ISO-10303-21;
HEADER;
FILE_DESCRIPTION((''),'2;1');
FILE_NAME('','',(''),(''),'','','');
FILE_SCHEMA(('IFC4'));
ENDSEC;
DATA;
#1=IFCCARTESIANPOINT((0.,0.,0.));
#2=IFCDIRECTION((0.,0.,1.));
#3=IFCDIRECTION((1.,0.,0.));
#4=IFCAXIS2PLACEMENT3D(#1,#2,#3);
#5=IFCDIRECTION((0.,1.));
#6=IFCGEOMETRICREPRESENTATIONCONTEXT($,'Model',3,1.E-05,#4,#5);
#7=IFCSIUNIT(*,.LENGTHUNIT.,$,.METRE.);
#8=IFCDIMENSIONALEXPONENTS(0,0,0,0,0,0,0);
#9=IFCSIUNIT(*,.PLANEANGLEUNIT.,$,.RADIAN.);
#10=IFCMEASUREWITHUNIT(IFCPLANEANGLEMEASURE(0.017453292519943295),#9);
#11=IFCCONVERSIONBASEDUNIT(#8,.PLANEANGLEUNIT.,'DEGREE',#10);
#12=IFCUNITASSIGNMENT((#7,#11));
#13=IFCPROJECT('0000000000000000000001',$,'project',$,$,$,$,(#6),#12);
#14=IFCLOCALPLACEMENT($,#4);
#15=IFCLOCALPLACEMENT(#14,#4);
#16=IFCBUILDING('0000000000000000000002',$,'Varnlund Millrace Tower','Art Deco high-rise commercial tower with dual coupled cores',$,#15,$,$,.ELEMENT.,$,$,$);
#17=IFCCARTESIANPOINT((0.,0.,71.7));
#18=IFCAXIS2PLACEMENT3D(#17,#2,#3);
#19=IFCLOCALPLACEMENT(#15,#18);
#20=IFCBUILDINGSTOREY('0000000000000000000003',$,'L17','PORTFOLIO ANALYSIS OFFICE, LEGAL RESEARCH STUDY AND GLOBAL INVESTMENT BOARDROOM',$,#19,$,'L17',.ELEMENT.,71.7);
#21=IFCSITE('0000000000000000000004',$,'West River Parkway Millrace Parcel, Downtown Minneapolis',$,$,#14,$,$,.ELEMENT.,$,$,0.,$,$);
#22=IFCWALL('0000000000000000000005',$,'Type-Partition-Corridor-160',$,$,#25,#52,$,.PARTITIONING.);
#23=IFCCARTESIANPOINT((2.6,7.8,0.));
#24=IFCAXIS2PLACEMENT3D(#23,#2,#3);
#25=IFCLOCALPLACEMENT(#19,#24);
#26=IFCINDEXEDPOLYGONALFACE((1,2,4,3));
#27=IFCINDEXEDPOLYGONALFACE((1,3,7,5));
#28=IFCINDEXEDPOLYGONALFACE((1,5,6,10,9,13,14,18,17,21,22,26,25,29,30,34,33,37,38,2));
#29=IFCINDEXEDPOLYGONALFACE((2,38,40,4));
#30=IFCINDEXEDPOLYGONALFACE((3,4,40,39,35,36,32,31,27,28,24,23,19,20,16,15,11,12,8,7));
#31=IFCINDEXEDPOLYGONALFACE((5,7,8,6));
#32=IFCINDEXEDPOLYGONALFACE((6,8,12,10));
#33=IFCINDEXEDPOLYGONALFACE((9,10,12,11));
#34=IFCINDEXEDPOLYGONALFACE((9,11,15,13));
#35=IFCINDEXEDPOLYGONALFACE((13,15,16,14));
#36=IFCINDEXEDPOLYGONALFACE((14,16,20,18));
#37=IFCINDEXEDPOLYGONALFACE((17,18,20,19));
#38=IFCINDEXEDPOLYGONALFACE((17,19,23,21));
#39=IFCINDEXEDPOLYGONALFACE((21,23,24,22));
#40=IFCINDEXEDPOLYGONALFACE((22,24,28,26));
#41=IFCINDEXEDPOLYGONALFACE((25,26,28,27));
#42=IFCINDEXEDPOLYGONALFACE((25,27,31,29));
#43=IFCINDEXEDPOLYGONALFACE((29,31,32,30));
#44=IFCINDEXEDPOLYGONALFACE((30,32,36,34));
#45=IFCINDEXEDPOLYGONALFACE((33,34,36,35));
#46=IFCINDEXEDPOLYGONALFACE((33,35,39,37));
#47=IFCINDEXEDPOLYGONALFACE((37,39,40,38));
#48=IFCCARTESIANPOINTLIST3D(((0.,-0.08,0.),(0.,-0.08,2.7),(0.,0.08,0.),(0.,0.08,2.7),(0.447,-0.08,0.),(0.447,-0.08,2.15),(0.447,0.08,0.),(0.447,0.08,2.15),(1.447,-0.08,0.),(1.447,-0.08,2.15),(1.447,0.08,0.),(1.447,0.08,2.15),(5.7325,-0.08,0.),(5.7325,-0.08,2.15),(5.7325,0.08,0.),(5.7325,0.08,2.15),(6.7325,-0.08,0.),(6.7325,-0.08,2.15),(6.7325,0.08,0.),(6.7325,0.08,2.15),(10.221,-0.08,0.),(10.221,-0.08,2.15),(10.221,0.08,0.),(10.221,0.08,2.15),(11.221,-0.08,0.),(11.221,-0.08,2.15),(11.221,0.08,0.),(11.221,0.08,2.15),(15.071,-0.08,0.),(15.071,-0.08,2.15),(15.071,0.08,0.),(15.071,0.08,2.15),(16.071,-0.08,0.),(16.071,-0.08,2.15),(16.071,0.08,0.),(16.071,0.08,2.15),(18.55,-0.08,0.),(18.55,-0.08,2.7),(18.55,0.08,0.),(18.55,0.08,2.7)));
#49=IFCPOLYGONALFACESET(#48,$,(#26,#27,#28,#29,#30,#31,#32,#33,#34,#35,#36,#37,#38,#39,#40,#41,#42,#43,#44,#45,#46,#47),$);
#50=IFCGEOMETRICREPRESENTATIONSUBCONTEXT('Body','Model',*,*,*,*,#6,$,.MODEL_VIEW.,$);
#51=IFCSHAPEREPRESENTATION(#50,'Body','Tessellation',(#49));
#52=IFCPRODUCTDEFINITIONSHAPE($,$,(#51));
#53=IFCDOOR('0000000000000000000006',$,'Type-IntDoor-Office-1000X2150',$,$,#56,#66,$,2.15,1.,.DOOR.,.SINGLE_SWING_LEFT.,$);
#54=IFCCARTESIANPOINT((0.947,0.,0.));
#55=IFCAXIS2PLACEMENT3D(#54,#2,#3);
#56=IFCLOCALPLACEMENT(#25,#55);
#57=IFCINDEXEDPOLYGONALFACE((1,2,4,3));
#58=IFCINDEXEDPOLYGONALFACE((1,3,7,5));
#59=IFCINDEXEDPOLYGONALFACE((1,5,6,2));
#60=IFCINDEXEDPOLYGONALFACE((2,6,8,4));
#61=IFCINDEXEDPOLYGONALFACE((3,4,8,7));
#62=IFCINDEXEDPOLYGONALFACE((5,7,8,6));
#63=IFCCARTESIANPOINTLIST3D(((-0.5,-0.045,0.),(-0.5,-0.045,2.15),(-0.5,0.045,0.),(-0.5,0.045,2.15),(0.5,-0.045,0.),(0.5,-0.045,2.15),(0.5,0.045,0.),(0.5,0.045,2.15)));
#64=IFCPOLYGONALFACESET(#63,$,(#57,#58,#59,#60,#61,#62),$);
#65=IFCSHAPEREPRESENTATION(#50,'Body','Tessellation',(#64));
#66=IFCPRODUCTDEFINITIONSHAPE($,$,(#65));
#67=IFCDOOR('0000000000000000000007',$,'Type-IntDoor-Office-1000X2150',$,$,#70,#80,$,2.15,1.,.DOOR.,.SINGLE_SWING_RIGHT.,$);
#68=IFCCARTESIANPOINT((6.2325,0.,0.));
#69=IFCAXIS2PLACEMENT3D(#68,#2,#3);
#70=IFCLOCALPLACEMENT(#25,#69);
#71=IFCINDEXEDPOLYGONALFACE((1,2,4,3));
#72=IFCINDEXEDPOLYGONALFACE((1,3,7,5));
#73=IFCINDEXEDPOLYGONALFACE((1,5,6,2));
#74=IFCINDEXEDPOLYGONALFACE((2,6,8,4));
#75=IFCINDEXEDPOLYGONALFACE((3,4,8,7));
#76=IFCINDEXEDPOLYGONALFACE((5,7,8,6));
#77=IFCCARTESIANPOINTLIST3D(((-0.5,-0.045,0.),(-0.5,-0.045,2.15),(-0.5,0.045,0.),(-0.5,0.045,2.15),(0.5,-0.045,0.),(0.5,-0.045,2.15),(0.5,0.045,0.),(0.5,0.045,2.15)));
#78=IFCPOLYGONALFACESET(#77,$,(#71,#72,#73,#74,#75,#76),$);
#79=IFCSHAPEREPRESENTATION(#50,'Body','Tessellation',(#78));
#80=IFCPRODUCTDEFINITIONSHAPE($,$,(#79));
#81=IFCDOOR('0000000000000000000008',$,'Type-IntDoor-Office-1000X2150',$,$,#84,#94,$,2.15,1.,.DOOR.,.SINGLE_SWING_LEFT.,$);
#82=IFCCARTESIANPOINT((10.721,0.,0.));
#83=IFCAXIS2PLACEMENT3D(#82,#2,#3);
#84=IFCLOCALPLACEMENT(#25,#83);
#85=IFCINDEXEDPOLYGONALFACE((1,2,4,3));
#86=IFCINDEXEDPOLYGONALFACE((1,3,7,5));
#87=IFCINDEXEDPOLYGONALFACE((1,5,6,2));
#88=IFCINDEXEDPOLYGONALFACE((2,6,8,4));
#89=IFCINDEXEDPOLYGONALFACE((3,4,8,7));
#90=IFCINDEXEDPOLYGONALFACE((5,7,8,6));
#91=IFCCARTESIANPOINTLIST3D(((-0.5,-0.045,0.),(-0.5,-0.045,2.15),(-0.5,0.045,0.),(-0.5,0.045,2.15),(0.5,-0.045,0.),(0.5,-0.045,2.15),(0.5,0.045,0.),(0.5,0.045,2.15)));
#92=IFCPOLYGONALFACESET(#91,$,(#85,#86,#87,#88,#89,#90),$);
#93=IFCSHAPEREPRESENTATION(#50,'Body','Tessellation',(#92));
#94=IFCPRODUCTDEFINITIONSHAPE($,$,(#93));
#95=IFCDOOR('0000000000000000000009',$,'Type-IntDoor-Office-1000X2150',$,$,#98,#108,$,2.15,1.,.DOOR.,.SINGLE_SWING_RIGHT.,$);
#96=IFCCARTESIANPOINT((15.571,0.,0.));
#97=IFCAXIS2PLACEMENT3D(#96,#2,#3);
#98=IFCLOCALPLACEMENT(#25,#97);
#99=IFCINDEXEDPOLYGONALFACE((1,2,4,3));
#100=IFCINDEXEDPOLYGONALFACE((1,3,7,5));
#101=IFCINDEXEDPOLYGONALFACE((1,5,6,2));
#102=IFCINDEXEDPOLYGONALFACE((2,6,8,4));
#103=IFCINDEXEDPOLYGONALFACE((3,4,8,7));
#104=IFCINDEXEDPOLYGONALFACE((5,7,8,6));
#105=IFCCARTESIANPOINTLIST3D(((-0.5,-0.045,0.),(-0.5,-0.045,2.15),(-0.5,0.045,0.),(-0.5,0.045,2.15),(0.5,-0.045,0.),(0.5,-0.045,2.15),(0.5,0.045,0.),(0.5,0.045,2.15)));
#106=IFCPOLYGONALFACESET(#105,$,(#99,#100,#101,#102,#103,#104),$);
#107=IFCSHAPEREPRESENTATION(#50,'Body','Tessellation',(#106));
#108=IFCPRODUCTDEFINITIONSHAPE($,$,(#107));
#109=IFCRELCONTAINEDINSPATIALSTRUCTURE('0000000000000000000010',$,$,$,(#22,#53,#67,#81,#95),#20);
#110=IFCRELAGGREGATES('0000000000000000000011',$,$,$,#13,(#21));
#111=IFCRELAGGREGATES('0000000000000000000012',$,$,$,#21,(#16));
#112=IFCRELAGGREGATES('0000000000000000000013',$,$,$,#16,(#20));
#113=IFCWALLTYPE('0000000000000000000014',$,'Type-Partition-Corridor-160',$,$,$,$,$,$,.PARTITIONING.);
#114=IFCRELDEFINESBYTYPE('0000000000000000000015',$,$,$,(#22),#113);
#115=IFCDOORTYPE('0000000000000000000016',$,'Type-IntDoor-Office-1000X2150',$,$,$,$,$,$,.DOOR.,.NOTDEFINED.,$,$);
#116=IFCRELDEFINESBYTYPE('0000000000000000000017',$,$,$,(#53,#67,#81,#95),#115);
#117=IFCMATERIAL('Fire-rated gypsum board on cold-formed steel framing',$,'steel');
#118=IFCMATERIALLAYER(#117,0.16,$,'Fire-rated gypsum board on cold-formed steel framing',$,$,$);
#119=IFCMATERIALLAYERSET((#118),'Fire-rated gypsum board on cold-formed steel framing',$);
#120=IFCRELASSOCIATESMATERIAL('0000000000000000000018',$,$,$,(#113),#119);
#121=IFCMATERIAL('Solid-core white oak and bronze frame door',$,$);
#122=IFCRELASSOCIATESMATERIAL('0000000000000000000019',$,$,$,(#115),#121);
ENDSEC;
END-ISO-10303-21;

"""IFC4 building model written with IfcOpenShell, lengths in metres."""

from ifc_helpers import new_model, entity, si_unit, converted_unit, direction, frame, origin_with_axes, origin_2d_with_axis, place, context, subcontext, project, spatial, polyline, rectangle, outline, extrude, material, layer, layer_set, type_object, element, fill, save


model = new_model("IFC4")

# Units and contexts
model_context = context("Model", 3, precision=1e-05, world=origin_with_axes(), true_north=direction((0.0, 1.0)))
body_context = subcontext(model_context, "Body", "Model", "MODEL_VIEW")
ifc_project = project(units=[si_unit("LENGTHUNIT", "METRE"), converted_unit("PLANEANGLEUNIT", "DEGREE", entity("IfcPlaneAngleMeasure", 0.017453292519943295), si_unit("PLANEANGLEUNIT", "RADIAN"), dimensions=[0, 0, 0, 0, 0, 0, 0])], contexts=[model_context])

# Site, building, storey
site_placement = place(None, origin_with_axes())
site = spatial("IfcSite", under=ifc_project, at=site_placement, Name="West River Parkway Millrace Parcel, Downtown Minneapolis", CompositionType="ELEMENT", RefElevation=0.0)
building_placement = place(site_placement, origin_with_axes())
building = spatial("IfcBuilding", under=site, at=building_placement, Name="Varnlund Millrace Tower", Description="Art Deco high-rise commercial tower with dual coupled cores", CompositionType="ELEMENT")
storey_placement = place(building_placement, frame((0.0, 0.0, 71.7), z_axis=(0.0, 0.0, 1.0), x_axis=(1.0, 0.0, 0.0)))
storey = spatial("IfcBuildingStorey", under=building, at=storey_placement, Name="L17", Description="PORTFOLIO ANALYSIS OFFICE, LEGAL RESEARCH STUDY AND GLOBAL INVESTMENT BOARDROOM", LongName="L17", CompositionType="ELEMENT", Elevation=71.7)

# Wall, openings, doors
ifc_material_1 = material(Name="Fire-rated gypsum board on cold-formed steel framing", Category="steel")
ifc_layer_1 = layer(ifc_material_1, 0.16, Name="Fire-rated gypsum board on cold-formed steel framing")
ifc_layer_set_1 = layer_set([ifc_layer_1], Name="Fire-rated gypsum board on cold-formed steel framing")
wall_type_1 = type_object("IfcWallType", Name="Type-Partition-Corridor-160", PredefinedType="PARTITIONING", material=ifc_layer_set_1)
wall_1_placement = place(storey_placement, frame((2.6, 7.8, 0.0), z_axis=(0.0, 0.0, 1.0), x_axis=(1.0, 0.0, 0.0)))
wall_1 = element("IfcWall", 1, at=wall_1_placement, inside=storey, type_object=wall_type_1, Name="Type-Partition-Corridor-160", PredefinedType="PARTITIONING", context=body_context, shape_type="SweptSolid", body=[
    extrude(outline(polyline([(0.0, -0.08), (18.55, -0.08), (18.55, 0.08), (0.0, 0.08), (0.0, -0.08)])), origin_with_axes(), (0.0, 0.0, 1.0), 2.7),
])
opening_1_placement = place(wall_1_placement, frame((0.947, 0.0, 0.0), z_axis=(0.0, 0.0, 1.0), x_axis=(1.0, 0.0, 0.0)))
opening_1 = element("IfcOpeningElement", 2, at=opening_1_placement, cuts=wall_1, PredefinedType="OPENING", context=body_context, shape_type="SweptSolid", body=[
    extrude(rectangle(XDim=1.0, YDim=0.18, at=origin_2d_with_axis()), origin_with_axes(), (0.0, 0.0, 1.0), 2.15),
])
opening_2_placement = place(wall_1_placement, frame((6.2325, 0.0, 0.0), z_axis=(0.0, 0.0, 1.0), x_axis=(1.0, 0.0, 0.0)))
opening_2 = element("IfcOpeningElement", 3, at=opening_2_placement, cuts=wall_1, PredefinedType="OPENING", context=body_context, shape_type="SweptSolid", body=[
    extrude(rectangle(XDim=1.0, YDim=0.18, at=origin_2d_with_axis()), origin_with_axes(), (0.0, 0.0, 1.0), 2.15),
])
opening_3_placement = place(wall_1_placement, frame((10.721, 0.0, 0.0), z_axis=(0.0, 0.0, 1.0), x_axis=(1.0, 0.0, 0.0)))
opening_3 = element("IfcOpeningElement", 4, at=opening_3_placement, cuts=wall_1, PredefinedType="OPENING", context=body_context, shape_type="SweptSolid", body=[
    extrude(rectangle(XDim=1.0, YDim=0.18, at=origin_2d_with_axis()), origin_with_axes(), (0.0, 0.0, 1.0), 2.15),
])
opening_4_placement = place(wall_1_placement, frame((15.571, 0.0, 0.0), z_axis=(0.0, 0.0, 1.0), x_axis=(1.0, 0.0, 0.0)))
opening_4 = element("IfcOpeningElement", 5, at=opening_4_placement, cuts=wall_1, PredefinedType="OPENING", context=body_context, shape_type="SweptSolid", body=[
    extrude(rectangle(XDim=1.0, YDim=0.18, at=origin_2d_with_axis()), origin_with_axes(), (0.0, 0.0, 1.0), 2.15),
])
ifc_material_2 = material(Name="Solid-core white oak and bronze frame door")
door_type = type_object("IfcDoorType", Name="Type-IntDoor-Office-1000X2150", OperationType="NOTDEFINED", PredefinedType="DOOR", material=ifc_material_2)
door_1_placement = place(wall_1_placement, frame((0.947, 0.0, 0.0), z_axis=(0.0, 0.0, 1.0), x_axis=(1.0, 0.0, 0.0)))
door_1 = element("IfcDoor", 6, at=door_1_placement, inside=storey, type_object=door_type, Name="Type-IntDoor-Office-1000X2150", OperationType="SINGLE_SWING_LEFT", OverallHeight=2.15, OverallWidth=1.0, PredefinedType="DOOR", context=body_context, shape_type="SweptSolid", body=[
    extrude(rectangle(XDim=1.0, YDim=0.09, at=origin_2d_with_axis()), origin_with_axes(), (0.0, 0.0, 1.0), 2.15),
])
fill(opening_1, door_1)
door_2_placement = place(wall_1_placement, frame((6.2325, 0.0, 0.0), z_axis=(0.0, 0.0, 1.0), x_axis=(1.0, 0.0, 0.0)))
door_2 = element("IfcDoor", 7, at=door_2_placement, inside=storey, type_object=door_type, Name="Type-IntDoor-Office-1000X2150", OperationType="SINGLE_SWING_RIGHT", OverallHeight=2.15, OverallWidth=1.0, PredefinedType="DOOR", context=body_context, shape_type="SweptSolid", body=[
    extrude(rectangle(XDim=1.0, YDim=0.09, at=origin_2d_with_axis()), origin_with_axes(), (0.0, 0.0, 1.0), 2.15),
])
fill(opening_2, door_2)
door_3_placement = place(wall_1_placement, frame((10.721, 0.0, 0.0), z_axis=(0.0, 0.0, 1.0), x_axis=(1.0, 0.0, 0.0)))
door_3 = element("IfcDoor", 8, at=door_3_placement, inside=storey, type_object=door_type, Name="Type-IntDoor-Office-1000X2150", OperationType="SINGLE_SWING_LEFT", OverallHeight=2.15, OverallWidth=1.0, PredefinedType="DOOR", context=body_context, shape_type="SweptSolid", body=[
    extrude(rectangle(XDim=1.0, YDim=0.09, at=origin_2d_with_axis()), origin_with_axes(), (0.0, 0.0, 1.0), 2.15),
])
fill(opening_3, door_3)
door_4_placement = place(wall_1_placement, frame((15.571, 0.0, 0.0), z_axis=(0.0, 0.0, 1.0), x_axis=(1.0, 0.0, 0.0)))
door_4 = element("IfcDoor", 9, at=door_4_placement, inside=storey, type_object=door_type, Name="Type-IntDoor-Office-1000X2150", OperationType="SINGLE_SWING_RIGHT", OverallHeight=2.15, OverallWidth=1.0, PredefinedType="DOOR", context=body_context, shape_type="SweptSolid", body=[
    extrude(rectangle(XDim=1.0, YDim=0.09, at=origin_2d_with_axis()), origin_with_axes(), (0.0, 0.0, 1.0), 2.15),
])
fill(opening_4, door_4)

save(model, "model.ifc")
